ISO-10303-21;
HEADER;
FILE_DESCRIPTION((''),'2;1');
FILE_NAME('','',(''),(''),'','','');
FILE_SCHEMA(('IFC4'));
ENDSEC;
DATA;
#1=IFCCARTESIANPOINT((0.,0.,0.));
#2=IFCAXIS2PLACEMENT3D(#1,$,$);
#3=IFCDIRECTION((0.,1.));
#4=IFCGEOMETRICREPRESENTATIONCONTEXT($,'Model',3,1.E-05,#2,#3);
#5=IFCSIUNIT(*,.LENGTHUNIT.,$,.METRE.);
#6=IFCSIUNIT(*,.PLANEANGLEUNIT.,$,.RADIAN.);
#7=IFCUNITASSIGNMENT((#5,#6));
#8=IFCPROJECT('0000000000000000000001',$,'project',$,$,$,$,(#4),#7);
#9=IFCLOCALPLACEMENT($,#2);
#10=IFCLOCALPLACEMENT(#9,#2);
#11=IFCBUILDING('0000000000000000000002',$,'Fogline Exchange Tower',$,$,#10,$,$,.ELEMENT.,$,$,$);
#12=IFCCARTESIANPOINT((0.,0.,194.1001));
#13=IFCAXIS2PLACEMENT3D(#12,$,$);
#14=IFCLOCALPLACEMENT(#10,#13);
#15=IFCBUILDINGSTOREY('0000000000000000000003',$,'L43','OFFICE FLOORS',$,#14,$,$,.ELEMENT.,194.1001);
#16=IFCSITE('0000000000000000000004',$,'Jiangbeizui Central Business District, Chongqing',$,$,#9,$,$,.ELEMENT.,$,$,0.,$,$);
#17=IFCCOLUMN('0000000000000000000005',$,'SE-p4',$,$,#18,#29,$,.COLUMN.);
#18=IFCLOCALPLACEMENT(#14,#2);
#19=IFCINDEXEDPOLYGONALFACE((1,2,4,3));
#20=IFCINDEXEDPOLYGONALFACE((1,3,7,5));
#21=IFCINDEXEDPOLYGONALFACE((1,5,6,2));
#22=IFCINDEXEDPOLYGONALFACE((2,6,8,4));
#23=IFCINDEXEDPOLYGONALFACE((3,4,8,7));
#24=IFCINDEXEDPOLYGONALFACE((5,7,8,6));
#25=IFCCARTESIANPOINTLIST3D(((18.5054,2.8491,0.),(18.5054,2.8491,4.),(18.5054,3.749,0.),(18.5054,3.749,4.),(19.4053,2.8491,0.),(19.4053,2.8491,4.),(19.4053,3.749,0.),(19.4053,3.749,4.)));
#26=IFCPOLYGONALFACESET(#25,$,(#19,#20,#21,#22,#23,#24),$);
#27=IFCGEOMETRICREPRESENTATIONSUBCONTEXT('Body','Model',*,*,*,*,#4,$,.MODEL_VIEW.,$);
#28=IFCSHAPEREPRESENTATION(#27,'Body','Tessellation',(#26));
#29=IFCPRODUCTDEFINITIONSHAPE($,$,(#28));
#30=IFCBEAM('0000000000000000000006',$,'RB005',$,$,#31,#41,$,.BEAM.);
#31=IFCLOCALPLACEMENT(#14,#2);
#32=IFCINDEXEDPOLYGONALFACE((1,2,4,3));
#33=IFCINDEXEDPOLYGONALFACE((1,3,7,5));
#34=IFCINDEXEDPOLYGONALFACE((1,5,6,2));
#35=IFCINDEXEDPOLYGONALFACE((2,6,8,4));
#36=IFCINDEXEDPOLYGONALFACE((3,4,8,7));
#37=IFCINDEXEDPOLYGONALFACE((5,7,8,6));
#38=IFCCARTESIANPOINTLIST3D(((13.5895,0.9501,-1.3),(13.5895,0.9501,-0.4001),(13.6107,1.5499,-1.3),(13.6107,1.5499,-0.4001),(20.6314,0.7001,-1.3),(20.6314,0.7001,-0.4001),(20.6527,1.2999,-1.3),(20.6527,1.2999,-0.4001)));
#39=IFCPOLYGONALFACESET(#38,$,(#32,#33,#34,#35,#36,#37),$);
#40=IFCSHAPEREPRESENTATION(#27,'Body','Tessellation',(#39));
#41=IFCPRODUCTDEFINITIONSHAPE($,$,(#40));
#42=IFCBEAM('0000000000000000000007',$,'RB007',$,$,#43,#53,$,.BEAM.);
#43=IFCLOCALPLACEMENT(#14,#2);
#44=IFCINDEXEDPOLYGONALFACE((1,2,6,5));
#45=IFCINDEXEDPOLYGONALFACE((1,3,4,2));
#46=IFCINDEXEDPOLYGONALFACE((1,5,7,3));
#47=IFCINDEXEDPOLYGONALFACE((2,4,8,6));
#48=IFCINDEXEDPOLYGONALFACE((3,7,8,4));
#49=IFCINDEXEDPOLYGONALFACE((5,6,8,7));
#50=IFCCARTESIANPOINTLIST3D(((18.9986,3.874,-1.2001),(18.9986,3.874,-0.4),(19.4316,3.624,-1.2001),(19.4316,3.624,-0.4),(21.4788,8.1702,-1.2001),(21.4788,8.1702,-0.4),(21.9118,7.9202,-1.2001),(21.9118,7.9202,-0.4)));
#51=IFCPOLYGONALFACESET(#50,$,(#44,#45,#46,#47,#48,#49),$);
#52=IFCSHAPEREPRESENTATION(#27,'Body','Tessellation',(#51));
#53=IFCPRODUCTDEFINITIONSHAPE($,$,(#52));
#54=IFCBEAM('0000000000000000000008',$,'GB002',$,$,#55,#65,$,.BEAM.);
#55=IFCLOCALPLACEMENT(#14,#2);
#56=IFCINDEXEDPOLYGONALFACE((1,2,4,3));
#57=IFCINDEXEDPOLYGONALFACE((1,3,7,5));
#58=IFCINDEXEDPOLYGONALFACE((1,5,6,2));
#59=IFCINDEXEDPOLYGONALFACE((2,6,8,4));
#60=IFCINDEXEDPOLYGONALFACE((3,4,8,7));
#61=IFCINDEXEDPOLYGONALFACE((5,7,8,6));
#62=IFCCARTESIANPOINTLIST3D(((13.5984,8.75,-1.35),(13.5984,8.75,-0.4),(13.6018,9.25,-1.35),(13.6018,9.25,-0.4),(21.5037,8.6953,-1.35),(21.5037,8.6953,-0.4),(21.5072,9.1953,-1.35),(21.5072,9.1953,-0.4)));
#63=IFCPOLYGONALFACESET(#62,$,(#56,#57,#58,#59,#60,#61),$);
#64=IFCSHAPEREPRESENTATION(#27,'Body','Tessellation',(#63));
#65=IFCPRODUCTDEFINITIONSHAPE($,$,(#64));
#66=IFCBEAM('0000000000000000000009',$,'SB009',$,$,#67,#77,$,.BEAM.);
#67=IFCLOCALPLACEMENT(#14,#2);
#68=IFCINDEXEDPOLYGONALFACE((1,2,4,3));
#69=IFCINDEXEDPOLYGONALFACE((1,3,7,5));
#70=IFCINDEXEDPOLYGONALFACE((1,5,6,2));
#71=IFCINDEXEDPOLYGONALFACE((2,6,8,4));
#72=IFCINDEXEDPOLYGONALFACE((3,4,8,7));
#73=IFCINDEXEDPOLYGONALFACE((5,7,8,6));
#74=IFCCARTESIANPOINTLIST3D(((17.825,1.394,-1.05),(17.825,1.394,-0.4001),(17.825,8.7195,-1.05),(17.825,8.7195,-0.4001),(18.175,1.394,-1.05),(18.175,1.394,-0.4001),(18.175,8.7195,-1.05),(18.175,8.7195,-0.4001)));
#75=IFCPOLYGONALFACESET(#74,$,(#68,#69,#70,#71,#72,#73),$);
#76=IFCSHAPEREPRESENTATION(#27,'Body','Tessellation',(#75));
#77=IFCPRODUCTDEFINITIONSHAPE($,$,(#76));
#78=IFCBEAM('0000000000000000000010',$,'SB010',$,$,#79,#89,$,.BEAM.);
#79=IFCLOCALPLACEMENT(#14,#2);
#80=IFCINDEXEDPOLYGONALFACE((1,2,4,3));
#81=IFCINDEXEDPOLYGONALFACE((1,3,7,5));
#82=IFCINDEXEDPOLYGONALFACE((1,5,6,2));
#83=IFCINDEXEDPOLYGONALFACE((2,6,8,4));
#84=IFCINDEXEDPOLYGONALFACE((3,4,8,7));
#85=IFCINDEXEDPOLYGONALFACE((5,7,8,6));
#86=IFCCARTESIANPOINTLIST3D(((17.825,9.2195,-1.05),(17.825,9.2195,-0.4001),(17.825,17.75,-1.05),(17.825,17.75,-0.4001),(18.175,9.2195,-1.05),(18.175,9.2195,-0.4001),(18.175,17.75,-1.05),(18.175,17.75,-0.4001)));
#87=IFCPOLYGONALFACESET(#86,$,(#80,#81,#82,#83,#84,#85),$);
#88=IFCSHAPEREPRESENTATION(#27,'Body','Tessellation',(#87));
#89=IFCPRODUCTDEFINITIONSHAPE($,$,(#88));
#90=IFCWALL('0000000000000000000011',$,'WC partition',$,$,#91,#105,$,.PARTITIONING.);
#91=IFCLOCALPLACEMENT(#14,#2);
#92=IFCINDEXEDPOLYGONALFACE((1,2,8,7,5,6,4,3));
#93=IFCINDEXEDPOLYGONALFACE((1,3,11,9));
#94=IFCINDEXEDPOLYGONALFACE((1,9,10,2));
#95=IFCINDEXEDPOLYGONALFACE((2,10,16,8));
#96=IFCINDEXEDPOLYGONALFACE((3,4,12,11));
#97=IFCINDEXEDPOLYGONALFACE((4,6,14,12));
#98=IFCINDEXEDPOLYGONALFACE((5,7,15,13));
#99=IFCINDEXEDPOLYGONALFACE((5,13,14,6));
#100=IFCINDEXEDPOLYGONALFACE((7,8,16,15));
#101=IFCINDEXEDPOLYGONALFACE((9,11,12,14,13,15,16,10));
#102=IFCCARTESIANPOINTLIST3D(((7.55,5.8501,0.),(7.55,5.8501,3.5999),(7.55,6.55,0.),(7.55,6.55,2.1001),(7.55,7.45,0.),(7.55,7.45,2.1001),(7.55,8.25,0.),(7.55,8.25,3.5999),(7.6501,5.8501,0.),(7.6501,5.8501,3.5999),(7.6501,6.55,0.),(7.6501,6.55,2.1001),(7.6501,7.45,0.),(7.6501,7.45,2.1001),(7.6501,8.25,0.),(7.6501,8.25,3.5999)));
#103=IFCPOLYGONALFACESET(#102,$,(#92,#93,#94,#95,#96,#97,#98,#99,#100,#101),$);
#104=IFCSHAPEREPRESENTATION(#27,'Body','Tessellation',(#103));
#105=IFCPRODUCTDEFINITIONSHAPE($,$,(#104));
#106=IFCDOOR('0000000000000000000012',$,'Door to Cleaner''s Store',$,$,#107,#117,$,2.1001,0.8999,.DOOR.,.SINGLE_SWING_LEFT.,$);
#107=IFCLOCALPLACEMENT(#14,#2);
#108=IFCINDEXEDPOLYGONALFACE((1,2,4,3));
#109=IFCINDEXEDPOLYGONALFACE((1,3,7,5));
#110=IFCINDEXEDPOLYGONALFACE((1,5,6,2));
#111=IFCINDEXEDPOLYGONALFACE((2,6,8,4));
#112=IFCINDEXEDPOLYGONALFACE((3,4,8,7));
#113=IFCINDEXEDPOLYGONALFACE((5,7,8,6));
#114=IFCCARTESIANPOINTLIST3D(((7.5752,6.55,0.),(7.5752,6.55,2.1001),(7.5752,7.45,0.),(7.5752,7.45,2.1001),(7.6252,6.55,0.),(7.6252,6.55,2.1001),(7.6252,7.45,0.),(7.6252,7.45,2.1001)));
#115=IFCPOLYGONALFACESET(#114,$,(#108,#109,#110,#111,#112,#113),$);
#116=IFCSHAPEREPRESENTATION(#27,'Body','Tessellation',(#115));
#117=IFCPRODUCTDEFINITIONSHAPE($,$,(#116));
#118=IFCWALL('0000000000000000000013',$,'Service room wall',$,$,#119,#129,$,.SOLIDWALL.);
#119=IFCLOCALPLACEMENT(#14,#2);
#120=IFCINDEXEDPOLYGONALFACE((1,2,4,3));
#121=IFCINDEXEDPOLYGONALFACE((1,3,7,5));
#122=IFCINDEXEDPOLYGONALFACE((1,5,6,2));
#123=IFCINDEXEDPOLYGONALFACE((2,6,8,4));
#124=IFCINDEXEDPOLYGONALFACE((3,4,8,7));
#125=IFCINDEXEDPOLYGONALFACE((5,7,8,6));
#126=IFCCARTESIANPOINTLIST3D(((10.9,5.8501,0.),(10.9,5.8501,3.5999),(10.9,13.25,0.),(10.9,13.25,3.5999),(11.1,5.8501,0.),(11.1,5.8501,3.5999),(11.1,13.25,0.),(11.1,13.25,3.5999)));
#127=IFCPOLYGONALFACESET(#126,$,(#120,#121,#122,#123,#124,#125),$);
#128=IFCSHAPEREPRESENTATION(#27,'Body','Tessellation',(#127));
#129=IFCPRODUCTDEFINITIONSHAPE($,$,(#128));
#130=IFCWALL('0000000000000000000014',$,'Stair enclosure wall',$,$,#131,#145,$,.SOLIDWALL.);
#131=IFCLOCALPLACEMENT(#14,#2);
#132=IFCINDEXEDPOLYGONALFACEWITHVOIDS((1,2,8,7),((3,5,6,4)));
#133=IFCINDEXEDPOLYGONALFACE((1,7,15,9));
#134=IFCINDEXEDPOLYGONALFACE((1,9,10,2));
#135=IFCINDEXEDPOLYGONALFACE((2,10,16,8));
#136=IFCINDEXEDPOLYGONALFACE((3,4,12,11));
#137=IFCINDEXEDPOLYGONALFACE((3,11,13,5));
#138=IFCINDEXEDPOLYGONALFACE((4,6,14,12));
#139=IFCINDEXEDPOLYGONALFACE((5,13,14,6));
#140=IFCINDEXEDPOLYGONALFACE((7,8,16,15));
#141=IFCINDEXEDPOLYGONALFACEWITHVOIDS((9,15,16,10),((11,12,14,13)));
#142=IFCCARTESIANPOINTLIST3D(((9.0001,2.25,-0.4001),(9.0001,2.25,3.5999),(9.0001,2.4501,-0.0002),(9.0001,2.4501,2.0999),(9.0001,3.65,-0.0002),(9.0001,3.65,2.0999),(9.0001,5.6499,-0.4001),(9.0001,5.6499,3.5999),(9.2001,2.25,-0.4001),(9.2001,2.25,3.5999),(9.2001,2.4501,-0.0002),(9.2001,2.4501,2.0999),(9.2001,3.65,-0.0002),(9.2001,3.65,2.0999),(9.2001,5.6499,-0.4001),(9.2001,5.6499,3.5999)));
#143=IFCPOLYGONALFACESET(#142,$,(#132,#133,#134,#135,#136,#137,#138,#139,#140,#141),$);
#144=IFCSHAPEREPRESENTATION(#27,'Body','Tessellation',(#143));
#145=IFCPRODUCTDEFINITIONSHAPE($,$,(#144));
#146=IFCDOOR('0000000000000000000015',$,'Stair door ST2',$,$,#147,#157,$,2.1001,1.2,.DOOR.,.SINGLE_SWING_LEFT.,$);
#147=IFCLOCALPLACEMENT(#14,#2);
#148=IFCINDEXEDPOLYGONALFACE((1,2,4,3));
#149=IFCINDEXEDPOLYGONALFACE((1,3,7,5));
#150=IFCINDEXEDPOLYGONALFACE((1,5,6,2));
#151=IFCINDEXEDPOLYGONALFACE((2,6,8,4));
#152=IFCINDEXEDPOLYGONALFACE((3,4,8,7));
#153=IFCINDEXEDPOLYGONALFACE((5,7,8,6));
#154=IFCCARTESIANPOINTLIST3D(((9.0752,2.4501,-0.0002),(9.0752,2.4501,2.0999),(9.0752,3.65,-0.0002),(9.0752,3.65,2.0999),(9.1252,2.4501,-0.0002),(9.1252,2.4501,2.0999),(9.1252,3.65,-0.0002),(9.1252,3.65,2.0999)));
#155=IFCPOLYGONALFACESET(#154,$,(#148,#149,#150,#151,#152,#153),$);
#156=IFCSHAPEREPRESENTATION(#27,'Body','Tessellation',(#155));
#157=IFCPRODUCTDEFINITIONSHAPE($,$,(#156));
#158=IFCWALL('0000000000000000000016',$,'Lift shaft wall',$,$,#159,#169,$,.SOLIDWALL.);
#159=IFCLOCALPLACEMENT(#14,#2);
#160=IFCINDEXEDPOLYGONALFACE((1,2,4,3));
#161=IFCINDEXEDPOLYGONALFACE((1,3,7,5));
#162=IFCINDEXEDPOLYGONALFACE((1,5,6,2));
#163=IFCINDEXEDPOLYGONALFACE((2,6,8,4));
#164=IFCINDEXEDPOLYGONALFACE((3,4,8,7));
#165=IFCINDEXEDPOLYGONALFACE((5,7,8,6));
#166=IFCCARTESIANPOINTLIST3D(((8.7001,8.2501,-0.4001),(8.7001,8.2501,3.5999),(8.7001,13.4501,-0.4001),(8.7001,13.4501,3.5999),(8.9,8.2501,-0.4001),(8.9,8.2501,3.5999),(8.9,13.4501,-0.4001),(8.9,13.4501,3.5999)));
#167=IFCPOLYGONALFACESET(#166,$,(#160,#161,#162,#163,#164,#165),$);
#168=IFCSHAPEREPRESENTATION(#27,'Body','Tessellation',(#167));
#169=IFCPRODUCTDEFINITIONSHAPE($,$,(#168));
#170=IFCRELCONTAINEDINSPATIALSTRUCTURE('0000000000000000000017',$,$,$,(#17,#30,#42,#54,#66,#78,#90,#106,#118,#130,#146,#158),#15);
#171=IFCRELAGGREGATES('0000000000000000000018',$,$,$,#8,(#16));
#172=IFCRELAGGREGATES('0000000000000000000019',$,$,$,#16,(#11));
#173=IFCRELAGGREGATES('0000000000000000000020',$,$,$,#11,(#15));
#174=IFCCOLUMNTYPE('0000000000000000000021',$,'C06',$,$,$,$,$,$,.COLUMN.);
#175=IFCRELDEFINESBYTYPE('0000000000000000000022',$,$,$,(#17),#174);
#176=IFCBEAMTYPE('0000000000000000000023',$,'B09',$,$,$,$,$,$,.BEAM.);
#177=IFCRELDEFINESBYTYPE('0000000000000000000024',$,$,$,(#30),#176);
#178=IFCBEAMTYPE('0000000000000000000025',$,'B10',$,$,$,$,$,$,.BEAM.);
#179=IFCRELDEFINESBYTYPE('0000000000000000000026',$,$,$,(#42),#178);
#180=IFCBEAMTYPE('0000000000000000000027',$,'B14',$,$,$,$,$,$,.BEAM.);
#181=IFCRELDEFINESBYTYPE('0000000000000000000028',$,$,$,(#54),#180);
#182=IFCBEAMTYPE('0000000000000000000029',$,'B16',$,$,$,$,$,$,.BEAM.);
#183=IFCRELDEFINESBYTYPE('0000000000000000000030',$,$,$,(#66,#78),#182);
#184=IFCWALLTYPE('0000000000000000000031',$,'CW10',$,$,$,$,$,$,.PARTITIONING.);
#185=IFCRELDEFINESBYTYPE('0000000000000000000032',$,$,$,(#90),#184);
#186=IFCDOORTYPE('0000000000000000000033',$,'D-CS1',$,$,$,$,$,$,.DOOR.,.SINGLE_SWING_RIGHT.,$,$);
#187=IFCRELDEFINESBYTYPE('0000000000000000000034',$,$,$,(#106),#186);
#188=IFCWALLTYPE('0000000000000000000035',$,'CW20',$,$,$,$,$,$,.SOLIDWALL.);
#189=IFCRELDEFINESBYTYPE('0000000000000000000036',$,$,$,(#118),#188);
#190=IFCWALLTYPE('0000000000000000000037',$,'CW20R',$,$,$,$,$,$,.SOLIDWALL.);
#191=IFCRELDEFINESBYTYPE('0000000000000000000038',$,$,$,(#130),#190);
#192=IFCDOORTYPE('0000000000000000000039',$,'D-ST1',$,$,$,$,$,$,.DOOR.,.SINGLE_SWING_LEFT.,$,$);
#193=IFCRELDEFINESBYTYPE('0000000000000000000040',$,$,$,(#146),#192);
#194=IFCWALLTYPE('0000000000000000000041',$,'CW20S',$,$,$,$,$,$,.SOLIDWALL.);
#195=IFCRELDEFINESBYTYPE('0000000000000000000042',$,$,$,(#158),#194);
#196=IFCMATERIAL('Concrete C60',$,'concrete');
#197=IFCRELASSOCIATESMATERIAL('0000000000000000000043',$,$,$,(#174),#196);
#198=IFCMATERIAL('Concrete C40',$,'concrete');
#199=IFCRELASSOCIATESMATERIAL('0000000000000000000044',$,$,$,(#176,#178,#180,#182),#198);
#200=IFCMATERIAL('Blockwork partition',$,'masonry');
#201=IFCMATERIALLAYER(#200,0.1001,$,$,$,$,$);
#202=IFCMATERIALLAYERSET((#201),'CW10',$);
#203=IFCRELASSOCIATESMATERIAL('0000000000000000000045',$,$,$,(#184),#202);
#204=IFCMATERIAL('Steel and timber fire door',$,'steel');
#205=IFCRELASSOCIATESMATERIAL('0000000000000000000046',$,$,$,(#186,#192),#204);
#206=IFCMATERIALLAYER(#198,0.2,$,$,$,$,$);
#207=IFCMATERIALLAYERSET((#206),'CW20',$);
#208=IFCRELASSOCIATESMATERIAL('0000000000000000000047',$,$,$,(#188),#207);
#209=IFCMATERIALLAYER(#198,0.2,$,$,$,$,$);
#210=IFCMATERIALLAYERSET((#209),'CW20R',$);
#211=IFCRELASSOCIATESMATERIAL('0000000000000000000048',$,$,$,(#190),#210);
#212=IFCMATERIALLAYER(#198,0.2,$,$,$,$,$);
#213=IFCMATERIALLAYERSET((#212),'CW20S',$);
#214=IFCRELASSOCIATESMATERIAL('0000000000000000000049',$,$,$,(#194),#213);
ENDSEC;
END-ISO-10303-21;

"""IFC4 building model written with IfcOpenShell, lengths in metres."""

from ifc_helpers import new_model, si_unit, direction, frame, frame_2d, origin, origin_2d, place, context, subcontext, project, spatial, rectangle, extrude, material, layer, layer_set, material_profile, profile_set, type_object, element, fill, save


model = new_model("IFC4")

# Units and contexts
model_context = context("Model", 3, precision=1e-05, world=origin(), true_north=direction((0.0, 1.0)))
body_context = subcontext(model_context, "Body", "Model", "MODEL_VIEW")
ifc_project = project(units=[si_unit("LENGTHUNIT", "METRE"), si_unit("PLANEANGLEUNIT", "RADIAN")], contexts=[model_context])

# Site, building, storey
site_placement = place(None, origin())
site = spatial("IfcSite", under=ifc_project, at=site_placement, Name="Jiangbeizui Central Business District, Chongqing", CompositionType="ELEMENT", RefElevation=0.0)
building_placement = place(site_placement, origin())
building = spatial("IfcBuilding", under=site, at=building_placement, Name="Fogline Exchange Tower", CompositionType="ELEMENT")
storey_placement = place(building_placement, frame((0.0, 0.0, 194.1001)))
storey = spatial("IfcBuildingStorey", under=building, at=storey_placement, Name="L43", Description="OFFICE FLOORS", CompositionType="ELEMENT", Elevation=194.1001)

# Column
ifc_material_1 = material(Name="Concrete C60", Category="concrete")
ifc_material_profile_1 = material_profile(ifc_material_1, rectangle(XDim=0.8999, YDim=0.8999, at=origin_2d()), Name="RC 900x900")
ifc_profile_set_1 = profile_set([ifc_material_profile_1], Name="Concrete C60")
column_type = type_object("IfcColumnType", Name="C06", PredefinedType="COLUMN", material=ifc_profile_set_1)
column_placement = place(storey_placement, frame((18.9553, 3.2991, 0.0), z_axis=(0.0, 0.0, 1.0), x_axis=(1.0, 0.0, 0.0)))
element("IfcColumn", 1, at=column_placement, inside=storey, type_object=column_type, Name="SE-p4", PredefinedType="COLUMN", context=body_context, shape_type="SweptSolid", body=[
    extrude(rectangle(XDim=0.8999, YDim=0.8999, at=origin_2d()), origin(), (0.0, 0.0, 1.0), 4.0),
])

# Beams
ifc_material_2 = material(Name="Concrete C40", Category="concrete")
ifc_material_profile_2 = material_profile(ifc_material_2, rectangle(XDim=0.6001, YDim=0.8999, at=origin_2d()), Name="RC 600x900")
ifc_profile_set_2 = profile_set([ifc_material_profile_2], Name="Concrete C40")
beam_type_1 = type_object("IfcBeamType", Name="B09", PredefinedType="BEAM", material=ifc_profile_set_2)
beam_1_placement = place(storey_placement, frame((13.6001, 1.25, -0.8501), z_axis=(0.99937, -0.035479, 0.0), x_axis=(0.035479, 0.99937, 0.0)))
element("IfcBeam", 2, at=beam_1_placement, inside=storey, type_object=beam_type_1, Name="RB005", PredefinedType="BEAM", context=body_context, shape_type="SweptSolid", body=[
    extrude(rectangle(XDim=0.6001, YDim=0.8999, at=origin_2d()), origin(), (0.0, 0.0, 1.0), 7.0464),
])
ifc_material_profile_3 = material_profile(ifc_material_2, rectangle(XDim=0.5, YDim=0.8, at=origin_2d()), Name="RC 500x800")
ifc_profile_set_3 = profile_set([ifc_material_profile_3], Name="Concrete C40")
beam_type_2 = type_object("IfcBeamType", Name="B10", PredefinedType="BEAM", material=ifc_profile_set_3)
beam_2_placement = place(storey_placement, frame((19.2151, 3.749, -0.8), z_axis=(0.499977, 0.866039, 0.0), x_axis=(-0.866039, 0.499977, 0.0)))
element("IfcBeam", 3, at=beam_2_placement, inside=storey, type_object=beam_type_2, Name="RB007", PredefinedType="BEAM", context=body_context, shape_type="SweptSolid", body=[
    extrude(rectangle(XDim=0.5, YDim=0.8, at=origin_2d()), origin(), (0.0, 0.0, 1.0), 4.9607),
])
ifc_material_profile_4 = material_profile(ifc_material_2, rectangle(XDim=0.5, YDim=0.95, at=origin_2d()), Name="RC 500x950")
ifc_profile_set_4 = profile_set([ifc_material_profile_4], Name="Concrete C40")
beam_type_3 = type_object("IfcBeamType", Name="B14", PredefinedType="BEAM", material=ifc_profile_set_4)
beam_3_placement = place(storey_placement, frame((13.6001, 9.0, -0.875), z_axis=(0.999976, -0.006918, 0.0), x_axis=(0.006918, 0.999976, 0.0)))
element("IfcBeam", 4, at=beam_3_placement, inside=storey, type_object=beam_type_3, Name="GB002", PredefinedType="BEAM", context=body_context, shape_type="SweptSolid", body=[
    extrude(rectangle(XDim=0.5, YDim=0.95, at=origin_2d()), origin(), (0.0, 0.0, 1.0), 7.9055),
])
ifc_material_profile_5 = material_profile(ifc_material_2, rectangle(XDim=0.3501, YDim=0.6499, at=origin_2d()), Name="RC 350x650")
ifc_profile_set_5 = profile_set([ifc_material_profile_5], Name="Concrete C40")
beam_type_4 = type_object("IfcBeamType", Name="B16", PredefinedType="BEAM", material=ifc_profile_set_5)
beam_4_placement = place(storey_placement, frame((18.0, 1.394, -0.7251), z_axis=(0.0, 1.0, 0.0), x_axis=(-1.0, 0.0, 0.0)))
element("IfcBeam", 5, at=beam_4_placement, inside=storey, type_object=beam_type_4, Name="SB009", PredefinedType="BEAM", context=body_context, shape_type="SweptSolid", body=[
    extrude(rectangle(XDim=0.3501, YDim=0.6499, at=origin_2d()), origin(), (0.0, 0.0, 1.0), 7.3254),
])
beam_5_placement = place(storey_placement, frame((18.0, 9.2195, -0.7251), z_axis=(0.0, 1.0, 0.0), x_axis=(-1.0, 0.0, 0.0)))
element("IfcBeam", 6, at=beam_5_placement, inside=storey, type_object=beam_type_4, Name="SB010", PredefinedType="BEAM", context=body_context, shape_type="SweptSolid", body=[
    extrude(rectangle(XDim=0.3501, YDim=0.6499, at=origin_2d()), origin(), (0.0, 0.0, 1.0), 8.5305),
])

# Wall, opening, door
ifc_material_3 = material(Name="Blockwork partition", Category="masonry")
ifc_layer_1 = layer(ifc_material_3, 0.1001)
ifc_layer_set_1 = layer_set([ifc_layer_1], Name="CW10")
wall_type_1 = type_object("IfcWallType", Name="CW10", PredefinedType="PARTITIONING", material=ifc_layer_set_1)
wall_1_placement = place(storey_placement, frame((7.6001, 5.8501, 0.0), z_axis=(0.0, 0.0, 1.0), x_axis=(0.0, 1.0, 0.0)))
wall_1 = element("IfcWall", 7, at=wall_1_placement, inside=storey, type_object=wall_type_1, Name="WC partition", PredefinedType="PARTITIONING", context=body_context, shape_type="SweptSolid", body=[
    extrude(rectangle(XDim=2.3999, YDim=0.1001, at=frame_2d((1.2, 0.0))), origin(), (0.0, 0.0, 1.0), 3.5999),
])
opening_1_placement = place(wall_1_placement, frame((0.7, 0.0, 0.0)))
opening_1 = element("IfcOpeningElement", 8, at=opening_1_placement, cuts=wall_1, PredefinedType="OPENING", context=body_context, shape_type="SweptSolid", body=[
    extrude(rectangle(XDim=0.8999, YDim=2.1001, at=frame_2d((0.45, 1.05))), frame((0.0, 0.0601, 0.0), z_axis=(0.0, -1.0, 0.0), x_axis=(1.0, 0.0, 0.0)), (0.0, 0.0, 1.0), 0.1201),
])
ifc_material_4 = material(Name="Steel and timber fire door", Category="steel")
door_type_1 = type_object("IfcDoorType", Name="D-CS1", OperationType="SINGLE_SWING_RIGHT", PredefinedType="DOOR", material=ifc_material_4)
door_1_placement = place(opening_1_placement, origin())
door_1 = element("IfcDoor", 9, at=door_1_placement, inside=storey, type_object=door_type_1, Name="Door to Cleaner's Store", OperationType="SINGLE_SWING_LEFT", OverallHeight=2.1001, OverallWidth=0.8999, PredefinedType="DOOR", context=body_context, shape_type="SweptSolid", body=[
    extrude(rectangle(XDim=0.8999, YDim=2.1001, at=frame_2d((0.45, 1.05))), frame((0.0, 0.0249, 0.0), z_axis=(0.0, -1.0, 0.0), x_axis=(1.0, 0.0, 0.0)), (0.0, 0.0, 1.0), 0.05),
])
fill(opening_1, door_1)

# Wall
ifc_layer_2 = layer(ifc_material_2, 0.2)
ifc_layer_set_2 = layer_set([ifc_layer_2], Name="CW20")
wall_type_2 = type_object("IfcWallType", Name="CW20", PredefinedType="SOLIDWALL", material=ifc_layer_set_2)
wall_2_placement = place(storey_placement, frame((11.0, 5.8501, 0.0), z_axis=(0.0, 0.0, 1.0), x_axis=(0.0, 1.0, 0.0)))
element("IfcWall", 10, at=wall_2_placement, inside=storey, type_object=wall_type_2, Name="Service room wall", PredefinedType="SOLIDWALL", context=body_context, shape_type="SweptSolid", body=[
    extrude(rectangle(XDim=7.3999, YDim=0.2, at=frame_2d((3.7, 0.0))), origin(), (0.0, 0.0, 1.0), 3.5999),
])

# Wall, opening, door
ifc_layer_3 = layer(ifc_material_2, 0.2)
ifc_layer_set_3 = layer_set([ifc_layer_3], Name="CW20R")
wall_type_3 = type_object("IfcWallType", Name="CW20R", PredefinedType="SOLIDWALL", material=ifc_layer_set_3)
wall_3_placement = place(storey_placement, frame((9.1001, 2.25, -0.4001), z_axis=(0.0, 0.0, 1.0), x_axis=(0.0, 1.0, 0.0)))
wall_3 = element("IfcWall", 11, at=wall_3_placement, inside=storey, type_object=wall_type_3, Name="Stair enclosure wall", PredefinedType="SOLIDWALL", context=body_context, shape_type="SweptSolid", body=[
    extrude(rectangle(XDim=3.3999, YDim=0.2, at=frame_2d((1.7, 0.0))), origin(), (0.0, 0.0, 1.0), 4.0),
])
opening_2_placement = place(wall_3_placement, frame((0.2, 0.0, 0.3999)))
opening_2 = element("IfcOpeningElement", 12, at=opening_2_placement, cuts=wall_3, PredefinedType="OPENING", context=body_context, shape_type="SweptSolid", body=[
    extrude(rectangle(XDim=1.2, YDim=2.1001, at=frame_2d((0.6001, 1.05))), frame((0.0, 0.1099, 0.0), z_axis=(0.0, -1.0, 0.0), x_axis=(1.0, 0.0, 0.0)), (0.0, 0.0, 1.0), 0.22),
])
door_type_2 = type_object("IfcDoorType", Name="D-ST1", OperationType="SINGLE_SWING_LEFT", PredefinedType="DOOR", material=ifc_material_4)
door_2_placement = place(opening_2_placement, origin())
door_2 = element("IfcDoor", 13, at=door_2_placement, inside=storey, type_object=door_type_2, Name="Stair door ST2", OperationType="SINGLE_SWING_LEFT", OverallHeight=2.1001, OverallWidth=1.2, PredefinedType="DOOR", context=body_context, shape_type="SweptSolid", body=[
    extrude(rectangle(XDim=1.2, YDim=2.1001, at=frame_2d((0.6001, 1.05))), frame((0.0, 0.0249, 0.0), z_axis=(0.0, -1.0, 0.0), x_axis=(1.0, 0.0, 0.0)), (0.0, 0.0, 1.0), 0.05),
])
fill(opening_2, door_2)

# Wall
ifc_layer_4 = layer(ifc_material_2, 0.2)
ifc_layer_set_4 = layer_set([ifc_layer_4], Name="CW20S")
wall_type_4 = type_object("IfcWallType", Name="CW20S", PredefinedType="SOLIDWALL", material=ifc_layer_set_4)
wall_4_placement = place(storey_placement, frame((8.8, 8.25, -0.4001), z_axis=(0.0, 0.0, 1.0), x_axis=(0.0, 1.0, 0.0)))
element("IfcWall", 14, at=wall_4_placement, inside=storey, type_object=wall_type_4, Name="Lift shaft wall", PredefinedType="SOLIDWALL", context=body_context, shape_type="SweptSolid", body=[
    extrude(rectangle(XDim=5.2, YDim=0.2, at=frame_2d((2.6001, 0.0))), origin(), (0.0, 0.0, 1.0), 4.0),
])

save(model, "model.ifc")
